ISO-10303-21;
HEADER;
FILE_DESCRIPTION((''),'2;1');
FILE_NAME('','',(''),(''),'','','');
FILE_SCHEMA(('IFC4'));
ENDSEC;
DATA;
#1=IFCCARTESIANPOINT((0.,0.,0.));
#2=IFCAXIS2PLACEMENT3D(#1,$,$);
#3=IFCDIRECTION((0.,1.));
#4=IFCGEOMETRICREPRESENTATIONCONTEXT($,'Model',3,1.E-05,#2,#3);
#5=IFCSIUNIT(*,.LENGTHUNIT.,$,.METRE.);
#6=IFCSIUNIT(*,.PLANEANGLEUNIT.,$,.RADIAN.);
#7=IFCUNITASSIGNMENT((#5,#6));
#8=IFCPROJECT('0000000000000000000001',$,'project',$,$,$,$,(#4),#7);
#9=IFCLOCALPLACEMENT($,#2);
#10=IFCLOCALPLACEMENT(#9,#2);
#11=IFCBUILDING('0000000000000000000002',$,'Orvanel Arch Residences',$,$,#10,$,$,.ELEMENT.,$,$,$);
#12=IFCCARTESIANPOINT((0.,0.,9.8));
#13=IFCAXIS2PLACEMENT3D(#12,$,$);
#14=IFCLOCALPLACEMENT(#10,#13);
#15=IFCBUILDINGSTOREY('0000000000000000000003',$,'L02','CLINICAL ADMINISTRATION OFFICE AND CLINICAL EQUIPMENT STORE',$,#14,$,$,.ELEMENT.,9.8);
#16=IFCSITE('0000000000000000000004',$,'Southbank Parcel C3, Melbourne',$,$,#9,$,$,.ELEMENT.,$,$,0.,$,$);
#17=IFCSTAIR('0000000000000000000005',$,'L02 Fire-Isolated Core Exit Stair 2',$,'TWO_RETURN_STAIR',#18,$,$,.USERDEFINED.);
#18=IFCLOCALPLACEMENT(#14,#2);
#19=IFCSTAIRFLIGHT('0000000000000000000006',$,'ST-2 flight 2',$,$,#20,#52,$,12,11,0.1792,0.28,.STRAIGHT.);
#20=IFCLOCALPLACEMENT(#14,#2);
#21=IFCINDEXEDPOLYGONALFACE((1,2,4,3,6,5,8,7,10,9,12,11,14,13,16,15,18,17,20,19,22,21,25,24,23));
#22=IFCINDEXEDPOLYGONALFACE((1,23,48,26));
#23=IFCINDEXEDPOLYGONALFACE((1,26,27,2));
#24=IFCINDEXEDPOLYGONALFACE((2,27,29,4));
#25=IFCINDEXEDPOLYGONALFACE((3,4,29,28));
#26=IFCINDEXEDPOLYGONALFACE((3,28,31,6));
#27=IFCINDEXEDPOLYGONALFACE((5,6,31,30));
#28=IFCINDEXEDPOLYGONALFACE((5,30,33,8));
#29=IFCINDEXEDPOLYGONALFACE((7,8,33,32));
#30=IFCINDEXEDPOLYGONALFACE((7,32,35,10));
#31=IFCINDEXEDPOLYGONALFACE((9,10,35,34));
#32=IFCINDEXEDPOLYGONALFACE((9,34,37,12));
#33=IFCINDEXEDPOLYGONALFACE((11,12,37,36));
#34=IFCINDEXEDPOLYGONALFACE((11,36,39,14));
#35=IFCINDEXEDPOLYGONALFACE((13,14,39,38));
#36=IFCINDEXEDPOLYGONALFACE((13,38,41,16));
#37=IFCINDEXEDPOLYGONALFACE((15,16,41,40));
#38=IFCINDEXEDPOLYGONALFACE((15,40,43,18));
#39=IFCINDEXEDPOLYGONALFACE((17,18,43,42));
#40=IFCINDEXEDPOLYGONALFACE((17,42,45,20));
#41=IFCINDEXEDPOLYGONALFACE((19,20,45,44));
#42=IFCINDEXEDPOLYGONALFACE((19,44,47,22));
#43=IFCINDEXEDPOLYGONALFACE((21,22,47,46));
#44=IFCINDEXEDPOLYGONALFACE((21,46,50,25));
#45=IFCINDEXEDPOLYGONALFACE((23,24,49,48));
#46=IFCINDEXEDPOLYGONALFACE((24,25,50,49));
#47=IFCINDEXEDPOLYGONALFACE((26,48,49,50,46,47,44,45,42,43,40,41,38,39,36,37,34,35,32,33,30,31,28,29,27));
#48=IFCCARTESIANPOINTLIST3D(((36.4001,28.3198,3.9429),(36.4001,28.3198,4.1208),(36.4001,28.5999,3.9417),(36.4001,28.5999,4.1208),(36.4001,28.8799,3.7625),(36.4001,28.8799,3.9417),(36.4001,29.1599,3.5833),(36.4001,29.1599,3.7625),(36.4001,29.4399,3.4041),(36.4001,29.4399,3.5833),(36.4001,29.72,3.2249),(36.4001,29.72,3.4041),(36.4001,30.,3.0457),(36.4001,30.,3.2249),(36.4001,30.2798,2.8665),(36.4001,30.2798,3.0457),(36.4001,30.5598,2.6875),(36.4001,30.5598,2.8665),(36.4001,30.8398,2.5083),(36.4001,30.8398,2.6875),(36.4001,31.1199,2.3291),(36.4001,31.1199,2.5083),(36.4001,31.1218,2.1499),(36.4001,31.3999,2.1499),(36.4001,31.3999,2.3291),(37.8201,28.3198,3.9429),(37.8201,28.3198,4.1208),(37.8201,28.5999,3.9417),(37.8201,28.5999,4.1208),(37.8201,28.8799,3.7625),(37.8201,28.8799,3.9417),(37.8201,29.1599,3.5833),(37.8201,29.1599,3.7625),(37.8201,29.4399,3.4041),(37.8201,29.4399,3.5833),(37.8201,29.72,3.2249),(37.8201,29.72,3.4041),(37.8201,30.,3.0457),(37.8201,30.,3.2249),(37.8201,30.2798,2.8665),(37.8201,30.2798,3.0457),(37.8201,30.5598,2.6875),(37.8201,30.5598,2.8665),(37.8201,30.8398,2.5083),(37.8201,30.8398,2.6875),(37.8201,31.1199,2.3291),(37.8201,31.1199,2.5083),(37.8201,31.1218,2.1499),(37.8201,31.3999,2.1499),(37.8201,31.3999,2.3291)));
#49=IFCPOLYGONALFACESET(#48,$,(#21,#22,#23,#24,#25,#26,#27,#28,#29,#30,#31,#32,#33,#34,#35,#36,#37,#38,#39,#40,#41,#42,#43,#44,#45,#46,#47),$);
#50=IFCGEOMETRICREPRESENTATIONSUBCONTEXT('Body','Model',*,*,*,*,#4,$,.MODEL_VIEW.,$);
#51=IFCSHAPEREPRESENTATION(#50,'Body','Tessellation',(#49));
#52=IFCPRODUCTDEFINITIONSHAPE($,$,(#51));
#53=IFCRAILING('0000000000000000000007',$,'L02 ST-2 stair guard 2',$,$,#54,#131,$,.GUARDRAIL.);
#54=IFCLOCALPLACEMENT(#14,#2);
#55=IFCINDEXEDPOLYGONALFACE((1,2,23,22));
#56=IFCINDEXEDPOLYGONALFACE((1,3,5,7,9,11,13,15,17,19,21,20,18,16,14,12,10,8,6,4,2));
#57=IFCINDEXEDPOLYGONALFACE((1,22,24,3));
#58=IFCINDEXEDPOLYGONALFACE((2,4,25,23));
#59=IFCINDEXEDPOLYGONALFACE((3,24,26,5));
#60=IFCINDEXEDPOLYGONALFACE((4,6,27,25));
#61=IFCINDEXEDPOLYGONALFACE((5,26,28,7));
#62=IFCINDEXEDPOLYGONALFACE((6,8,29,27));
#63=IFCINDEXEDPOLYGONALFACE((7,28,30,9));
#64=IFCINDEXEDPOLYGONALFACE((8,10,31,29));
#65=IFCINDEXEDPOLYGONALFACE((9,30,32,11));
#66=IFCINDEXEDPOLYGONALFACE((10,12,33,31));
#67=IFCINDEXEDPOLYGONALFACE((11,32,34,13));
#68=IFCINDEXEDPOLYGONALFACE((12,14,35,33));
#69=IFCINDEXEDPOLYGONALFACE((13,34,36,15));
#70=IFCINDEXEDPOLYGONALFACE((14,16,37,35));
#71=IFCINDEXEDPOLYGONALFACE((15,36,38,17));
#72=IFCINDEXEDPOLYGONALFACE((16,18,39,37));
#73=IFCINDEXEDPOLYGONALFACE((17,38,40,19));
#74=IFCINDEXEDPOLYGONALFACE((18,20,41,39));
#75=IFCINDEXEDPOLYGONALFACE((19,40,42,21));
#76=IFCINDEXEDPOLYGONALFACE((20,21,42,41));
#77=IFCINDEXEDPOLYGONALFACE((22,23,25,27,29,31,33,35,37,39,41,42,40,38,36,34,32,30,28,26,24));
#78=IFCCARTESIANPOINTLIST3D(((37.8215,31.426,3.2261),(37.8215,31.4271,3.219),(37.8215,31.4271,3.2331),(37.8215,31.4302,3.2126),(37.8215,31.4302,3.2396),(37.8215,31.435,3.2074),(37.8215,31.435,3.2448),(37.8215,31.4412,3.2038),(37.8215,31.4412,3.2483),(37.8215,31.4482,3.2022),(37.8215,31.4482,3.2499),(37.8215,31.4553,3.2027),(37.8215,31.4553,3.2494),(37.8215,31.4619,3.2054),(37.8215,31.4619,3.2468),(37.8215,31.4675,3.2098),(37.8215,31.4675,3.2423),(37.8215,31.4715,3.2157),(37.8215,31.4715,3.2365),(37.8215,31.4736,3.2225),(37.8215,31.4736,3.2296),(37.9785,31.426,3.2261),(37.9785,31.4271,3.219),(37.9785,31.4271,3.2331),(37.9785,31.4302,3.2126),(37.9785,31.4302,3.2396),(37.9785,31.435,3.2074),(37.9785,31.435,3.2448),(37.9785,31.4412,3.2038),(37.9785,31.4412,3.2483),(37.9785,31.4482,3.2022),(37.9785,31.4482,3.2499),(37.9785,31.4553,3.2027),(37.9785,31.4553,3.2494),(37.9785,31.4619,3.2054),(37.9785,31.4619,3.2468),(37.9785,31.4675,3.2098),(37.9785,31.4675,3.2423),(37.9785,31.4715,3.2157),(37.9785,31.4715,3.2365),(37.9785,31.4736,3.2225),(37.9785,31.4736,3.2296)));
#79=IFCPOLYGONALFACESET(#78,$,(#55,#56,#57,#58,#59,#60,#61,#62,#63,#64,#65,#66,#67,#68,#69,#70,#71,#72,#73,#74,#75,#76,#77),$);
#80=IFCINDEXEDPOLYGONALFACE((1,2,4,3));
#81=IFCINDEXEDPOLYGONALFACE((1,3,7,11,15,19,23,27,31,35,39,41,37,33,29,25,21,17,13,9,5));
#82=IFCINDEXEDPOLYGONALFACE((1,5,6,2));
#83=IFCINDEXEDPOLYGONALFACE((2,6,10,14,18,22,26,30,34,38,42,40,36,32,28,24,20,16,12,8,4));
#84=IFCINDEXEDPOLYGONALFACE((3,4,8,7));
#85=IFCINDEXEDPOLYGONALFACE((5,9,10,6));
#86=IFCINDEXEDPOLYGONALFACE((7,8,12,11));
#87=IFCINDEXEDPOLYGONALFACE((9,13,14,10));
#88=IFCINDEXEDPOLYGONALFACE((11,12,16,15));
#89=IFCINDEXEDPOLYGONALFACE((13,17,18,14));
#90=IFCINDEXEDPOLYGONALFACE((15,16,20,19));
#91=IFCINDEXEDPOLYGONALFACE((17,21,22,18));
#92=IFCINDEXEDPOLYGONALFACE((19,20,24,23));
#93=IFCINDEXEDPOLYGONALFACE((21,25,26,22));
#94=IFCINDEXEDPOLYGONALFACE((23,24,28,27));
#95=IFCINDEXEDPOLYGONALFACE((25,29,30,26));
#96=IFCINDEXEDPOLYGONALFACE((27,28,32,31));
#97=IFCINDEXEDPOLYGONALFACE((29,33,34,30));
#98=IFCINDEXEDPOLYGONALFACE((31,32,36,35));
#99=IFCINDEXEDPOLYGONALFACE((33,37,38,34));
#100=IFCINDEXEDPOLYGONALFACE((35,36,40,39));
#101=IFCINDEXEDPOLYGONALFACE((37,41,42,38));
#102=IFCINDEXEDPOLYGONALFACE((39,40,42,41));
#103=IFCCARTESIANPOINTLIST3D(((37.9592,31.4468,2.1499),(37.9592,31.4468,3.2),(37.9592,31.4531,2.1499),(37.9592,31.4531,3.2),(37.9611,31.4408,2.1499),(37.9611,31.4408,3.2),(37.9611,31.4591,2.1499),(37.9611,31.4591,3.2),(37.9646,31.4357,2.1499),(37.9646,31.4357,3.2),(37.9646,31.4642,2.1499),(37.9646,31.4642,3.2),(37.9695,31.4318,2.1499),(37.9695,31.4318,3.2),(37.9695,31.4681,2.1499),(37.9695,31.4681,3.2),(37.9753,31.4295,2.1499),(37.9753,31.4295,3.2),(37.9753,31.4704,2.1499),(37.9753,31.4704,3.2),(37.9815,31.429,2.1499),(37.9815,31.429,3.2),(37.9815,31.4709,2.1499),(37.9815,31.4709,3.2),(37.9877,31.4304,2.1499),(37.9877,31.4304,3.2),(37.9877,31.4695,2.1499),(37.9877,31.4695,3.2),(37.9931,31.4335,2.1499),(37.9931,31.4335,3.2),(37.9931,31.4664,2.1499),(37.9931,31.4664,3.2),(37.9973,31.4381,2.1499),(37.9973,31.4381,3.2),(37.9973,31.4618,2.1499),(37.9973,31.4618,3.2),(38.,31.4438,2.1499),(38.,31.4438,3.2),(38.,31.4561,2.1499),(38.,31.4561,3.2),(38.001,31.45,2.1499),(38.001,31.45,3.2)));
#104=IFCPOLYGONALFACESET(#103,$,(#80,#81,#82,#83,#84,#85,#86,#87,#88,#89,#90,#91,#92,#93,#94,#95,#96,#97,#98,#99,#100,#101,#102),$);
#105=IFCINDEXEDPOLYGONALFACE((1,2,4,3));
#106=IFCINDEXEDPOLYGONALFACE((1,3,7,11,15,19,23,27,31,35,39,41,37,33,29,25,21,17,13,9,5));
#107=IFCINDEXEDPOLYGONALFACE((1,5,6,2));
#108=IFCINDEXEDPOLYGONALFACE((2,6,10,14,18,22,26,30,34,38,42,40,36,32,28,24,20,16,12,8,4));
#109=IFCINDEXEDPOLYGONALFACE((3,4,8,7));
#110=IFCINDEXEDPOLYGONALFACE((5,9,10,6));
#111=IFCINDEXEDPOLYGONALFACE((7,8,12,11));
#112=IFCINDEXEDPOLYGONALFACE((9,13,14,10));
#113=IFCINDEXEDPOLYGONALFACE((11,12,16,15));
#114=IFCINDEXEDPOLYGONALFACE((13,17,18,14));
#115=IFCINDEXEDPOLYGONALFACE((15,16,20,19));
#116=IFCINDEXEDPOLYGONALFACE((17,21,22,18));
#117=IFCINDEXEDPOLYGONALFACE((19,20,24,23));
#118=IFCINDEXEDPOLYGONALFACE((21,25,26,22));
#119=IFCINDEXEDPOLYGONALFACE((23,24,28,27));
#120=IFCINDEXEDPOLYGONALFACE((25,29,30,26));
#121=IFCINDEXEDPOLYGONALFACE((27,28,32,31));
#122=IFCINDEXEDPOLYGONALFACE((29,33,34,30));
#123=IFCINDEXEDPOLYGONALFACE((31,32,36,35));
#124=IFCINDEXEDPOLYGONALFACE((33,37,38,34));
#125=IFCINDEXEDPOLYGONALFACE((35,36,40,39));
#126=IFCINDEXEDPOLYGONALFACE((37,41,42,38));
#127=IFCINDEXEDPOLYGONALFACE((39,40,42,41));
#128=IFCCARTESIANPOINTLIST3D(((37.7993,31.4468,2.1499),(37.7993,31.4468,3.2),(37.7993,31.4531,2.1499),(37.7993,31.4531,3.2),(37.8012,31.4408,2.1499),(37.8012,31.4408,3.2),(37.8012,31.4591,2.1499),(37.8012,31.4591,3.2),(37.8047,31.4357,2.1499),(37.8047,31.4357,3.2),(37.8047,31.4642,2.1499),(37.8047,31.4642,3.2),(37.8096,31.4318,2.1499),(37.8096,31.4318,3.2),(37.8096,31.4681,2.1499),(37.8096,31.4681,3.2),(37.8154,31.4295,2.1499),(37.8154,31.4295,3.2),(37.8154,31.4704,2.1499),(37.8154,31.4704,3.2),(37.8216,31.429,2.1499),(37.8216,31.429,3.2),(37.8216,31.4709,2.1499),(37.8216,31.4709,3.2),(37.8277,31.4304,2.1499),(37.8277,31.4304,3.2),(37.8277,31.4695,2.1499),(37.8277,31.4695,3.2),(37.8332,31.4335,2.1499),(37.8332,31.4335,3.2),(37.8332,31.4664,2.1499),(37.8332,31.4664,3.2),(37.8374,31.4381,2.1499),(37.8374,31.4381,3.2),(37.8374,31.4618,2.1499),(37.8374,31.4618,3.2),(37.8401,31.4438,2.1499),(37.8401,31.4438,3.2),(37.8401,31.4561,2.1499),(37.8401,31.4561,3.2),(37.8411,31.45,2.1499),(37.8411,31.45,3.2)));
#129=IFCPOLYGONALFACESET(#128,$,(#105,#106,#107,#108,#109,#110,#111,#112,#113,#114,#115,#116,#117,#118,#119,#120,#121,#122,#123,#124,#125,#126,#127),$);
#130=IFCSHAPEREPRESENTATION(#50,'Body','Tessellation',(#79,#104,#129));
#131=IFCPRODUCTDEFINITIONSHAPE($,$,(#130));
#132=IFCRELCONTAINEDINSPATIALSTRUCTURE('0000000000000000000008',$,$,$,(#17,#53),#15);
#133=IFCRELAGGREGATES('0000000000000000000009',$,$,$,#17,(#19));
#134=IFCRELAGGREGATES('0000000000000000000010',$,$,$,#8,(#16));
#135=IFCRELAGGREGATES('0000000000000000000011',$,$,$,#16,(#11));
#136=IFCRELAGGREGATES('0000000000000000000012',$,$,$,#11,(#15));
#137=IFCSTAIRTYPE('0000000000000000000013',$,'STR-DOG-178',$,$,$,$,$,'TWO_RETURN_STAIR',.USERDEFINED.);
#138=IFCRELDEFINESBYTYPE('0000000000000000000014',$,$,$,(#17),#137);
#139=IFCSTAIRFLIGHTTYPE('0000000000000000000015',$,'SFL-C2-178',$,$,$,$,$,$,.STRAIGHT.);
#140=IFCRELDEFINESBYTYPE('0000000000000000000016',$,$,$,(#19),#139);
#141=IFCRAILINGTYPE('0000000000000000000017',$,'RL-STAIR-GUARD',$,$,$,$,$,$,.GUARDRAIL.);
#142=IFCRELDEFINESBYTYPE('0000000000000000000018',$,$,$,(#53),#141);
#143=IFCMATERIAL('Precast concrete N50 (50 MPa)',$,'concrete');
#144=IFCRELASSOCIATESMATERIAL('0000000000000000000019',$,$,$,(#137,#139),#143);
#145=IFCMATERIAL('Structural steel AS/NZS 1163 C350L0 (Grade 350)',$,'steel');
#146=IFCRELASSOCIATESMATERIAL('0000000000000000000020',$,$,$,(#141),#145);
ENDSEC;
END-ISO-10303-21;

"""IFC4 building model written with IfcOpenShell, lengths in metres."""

from ifc_helpers import new_model, si_unit, direction, frame, origin, origin_2d, place, context, subcontext, project, spatial, polyline, circle, outline, extrude, material, type_object, element, aggregate, save


model = new_model("IFC4")

# Units and contexts
model_context = context("Model", 3, precision=1e-05, world=origin(), true_north=direction((0.0, 1.0)))
body_context = subcontext(model_context, "Body", "Model", "MODEL_VIEW")
ifc_project = project(units=[si_unit("LENGTHUNIT", "METRE"), si_unit("PLANEANGLEUNIT", "RADIAN")], contexts=[model_context])

# Site, building, storey
site_placement = place(None, origin())
site = spatial("IfcSite", under=ifc_project, at=site_placement, Name="Southbank Parcel C3, Melbourne", CompositionType="ELEMENT", RefElevation=0.0)
building_placement = place(site_placement, origin())
building = spatial("IfcBuilding", under=site, at=building_placement, Name="Orvanel Arch Residences", CompositionType="ELEMENT")
storey_placement = place(building_placement, frame((0.0, 0.0, 9.8)))
storey = spatial("IfcBuildingStorey", under=building, at=storey_placement, Name="L02", Description="CLINICAL ADMINISTRATION OFFICE AND CLINICAL EQUIPMENT STORE", CompositionType="ELEMENT", Elevation=9.8)

# Stair, stair flight
ifc_material_1 = material(Name="Precast concrete N50 (50 MPa)", Category="concrete")
stair_type = type_object("IfcStairType", Name="STR-DOG-178", ElementType="TWO_RETURN_STAIR", PredefinedType="USERDEFINED", material=ifc_material_1)
stair_placement = place(storey_placement, origin())
stair = element("IfcStair", 1, at=stair_placement, inside=storey, type_object=stair_type, Name="L02 Fire-Isolated Core Exit Stair 2", ObjectType="TWO_RETURN_STAIR", PredefinedType="USERDEFINED")
stair_flight_type = type_object("IfcStairFlightType", Name="SFL-C2-178", PredefinedType="STRAIGHT", material=ifc_material_1)
stair_flight_placement = place(storey_placement, frame((37.1101, 31.3999, 2.1499), z_axis=(0.0, 0.0, 1.0), x_axis=(0.0, -1.0, 0.0)))
stair_flight = element("IfcStairFlight", 2, at=stair_flight_placement, type_object=stair_flight_type, Name="ST-2 flight 2", NumberOfRisers=12, NumberOfTreads=11, PredefinedType="STRAIGHT", RiserHeight=0.1792, TreadLength=0.28, context=body_context, shape_type="SweptSolid", body=[
    extrude(outline(polyline([(0.0, 0.0), (0.0, 0.1792), (0.28, 0.1792), (0.28, 0.3584), (0.5601, 0.3584), (0.5601, 0.5376), (0.8401, 0.5376), (0.8401, 0.7166), (1.1201, 0.7166), (1.1201, 0.8958), (1.3999, 0.8958), (1.3999, 1.075), (1.6799, 1.075), (1.6799, 1.2542), (1.96, 1.2542), (1.96, 1.4333), (2.24, 1.4333), (2.24, 1.6125), (2.52, 1.6125), (2.52, 1.7917), (2.8, 1.7917), (2.8, 1.9709), (3.0801, 1.9709), (3.0801, 2.1499), (3.0801, 1.793), (0.2781, 0.0), (0.0, 0.0)])), frame((0.0, 0.71, 0.0), z_axis=(0.0, -1.0, 0.0), x_axis=(1.0, 0.0, 0.0)), (0.0, 0.0, 1.0), 1.4199),
])
aggregate(stair, [stair_flight])

# Railing
ifc_material_2 = material(Name="Structural steel AS/NZS 1163 C350L0 (Grade 350)", Category="steel")
railing_type_1 = type_object("IfcRailingType", Name="RL-STAIR-GUARD", PredefinedType="GUARDRAIL", material=ifc_material_2)
railing_1_placement = place(storey_placement, frame((37.98, 31.45, 2.1499)))
element("IfcRailing", 3, at=railing_1_placement, inside=storey, type_object=railing_type_1, Name="L02 ST-2 stair guard 2", PredefinedType="GUARDRAIL", context=body_context, shape_type="SweptSolid", body=[
    extrude(circle(Radius=0.0239, at=origin_2d()), frame((-0.0015, 0.0, 1.0762), z_axis=(-1.0, 0.0, 0.0), x_axis=(0.0, -1.0, 0.0)), (0.0, 0.0, 1.0), 0.157),
    extrude(circle(Radius=0.021, at=origin_2d()), origin(), (0.0, 0.0, 1.0), 1.05),
    extrude(circle(Radius=0.021, at=origin_2d()), frame((-0.1599, 0.0, 0.0)), (0.0, 0.0, 1.0), 1.05),
])

save(model, "model.ifc")
